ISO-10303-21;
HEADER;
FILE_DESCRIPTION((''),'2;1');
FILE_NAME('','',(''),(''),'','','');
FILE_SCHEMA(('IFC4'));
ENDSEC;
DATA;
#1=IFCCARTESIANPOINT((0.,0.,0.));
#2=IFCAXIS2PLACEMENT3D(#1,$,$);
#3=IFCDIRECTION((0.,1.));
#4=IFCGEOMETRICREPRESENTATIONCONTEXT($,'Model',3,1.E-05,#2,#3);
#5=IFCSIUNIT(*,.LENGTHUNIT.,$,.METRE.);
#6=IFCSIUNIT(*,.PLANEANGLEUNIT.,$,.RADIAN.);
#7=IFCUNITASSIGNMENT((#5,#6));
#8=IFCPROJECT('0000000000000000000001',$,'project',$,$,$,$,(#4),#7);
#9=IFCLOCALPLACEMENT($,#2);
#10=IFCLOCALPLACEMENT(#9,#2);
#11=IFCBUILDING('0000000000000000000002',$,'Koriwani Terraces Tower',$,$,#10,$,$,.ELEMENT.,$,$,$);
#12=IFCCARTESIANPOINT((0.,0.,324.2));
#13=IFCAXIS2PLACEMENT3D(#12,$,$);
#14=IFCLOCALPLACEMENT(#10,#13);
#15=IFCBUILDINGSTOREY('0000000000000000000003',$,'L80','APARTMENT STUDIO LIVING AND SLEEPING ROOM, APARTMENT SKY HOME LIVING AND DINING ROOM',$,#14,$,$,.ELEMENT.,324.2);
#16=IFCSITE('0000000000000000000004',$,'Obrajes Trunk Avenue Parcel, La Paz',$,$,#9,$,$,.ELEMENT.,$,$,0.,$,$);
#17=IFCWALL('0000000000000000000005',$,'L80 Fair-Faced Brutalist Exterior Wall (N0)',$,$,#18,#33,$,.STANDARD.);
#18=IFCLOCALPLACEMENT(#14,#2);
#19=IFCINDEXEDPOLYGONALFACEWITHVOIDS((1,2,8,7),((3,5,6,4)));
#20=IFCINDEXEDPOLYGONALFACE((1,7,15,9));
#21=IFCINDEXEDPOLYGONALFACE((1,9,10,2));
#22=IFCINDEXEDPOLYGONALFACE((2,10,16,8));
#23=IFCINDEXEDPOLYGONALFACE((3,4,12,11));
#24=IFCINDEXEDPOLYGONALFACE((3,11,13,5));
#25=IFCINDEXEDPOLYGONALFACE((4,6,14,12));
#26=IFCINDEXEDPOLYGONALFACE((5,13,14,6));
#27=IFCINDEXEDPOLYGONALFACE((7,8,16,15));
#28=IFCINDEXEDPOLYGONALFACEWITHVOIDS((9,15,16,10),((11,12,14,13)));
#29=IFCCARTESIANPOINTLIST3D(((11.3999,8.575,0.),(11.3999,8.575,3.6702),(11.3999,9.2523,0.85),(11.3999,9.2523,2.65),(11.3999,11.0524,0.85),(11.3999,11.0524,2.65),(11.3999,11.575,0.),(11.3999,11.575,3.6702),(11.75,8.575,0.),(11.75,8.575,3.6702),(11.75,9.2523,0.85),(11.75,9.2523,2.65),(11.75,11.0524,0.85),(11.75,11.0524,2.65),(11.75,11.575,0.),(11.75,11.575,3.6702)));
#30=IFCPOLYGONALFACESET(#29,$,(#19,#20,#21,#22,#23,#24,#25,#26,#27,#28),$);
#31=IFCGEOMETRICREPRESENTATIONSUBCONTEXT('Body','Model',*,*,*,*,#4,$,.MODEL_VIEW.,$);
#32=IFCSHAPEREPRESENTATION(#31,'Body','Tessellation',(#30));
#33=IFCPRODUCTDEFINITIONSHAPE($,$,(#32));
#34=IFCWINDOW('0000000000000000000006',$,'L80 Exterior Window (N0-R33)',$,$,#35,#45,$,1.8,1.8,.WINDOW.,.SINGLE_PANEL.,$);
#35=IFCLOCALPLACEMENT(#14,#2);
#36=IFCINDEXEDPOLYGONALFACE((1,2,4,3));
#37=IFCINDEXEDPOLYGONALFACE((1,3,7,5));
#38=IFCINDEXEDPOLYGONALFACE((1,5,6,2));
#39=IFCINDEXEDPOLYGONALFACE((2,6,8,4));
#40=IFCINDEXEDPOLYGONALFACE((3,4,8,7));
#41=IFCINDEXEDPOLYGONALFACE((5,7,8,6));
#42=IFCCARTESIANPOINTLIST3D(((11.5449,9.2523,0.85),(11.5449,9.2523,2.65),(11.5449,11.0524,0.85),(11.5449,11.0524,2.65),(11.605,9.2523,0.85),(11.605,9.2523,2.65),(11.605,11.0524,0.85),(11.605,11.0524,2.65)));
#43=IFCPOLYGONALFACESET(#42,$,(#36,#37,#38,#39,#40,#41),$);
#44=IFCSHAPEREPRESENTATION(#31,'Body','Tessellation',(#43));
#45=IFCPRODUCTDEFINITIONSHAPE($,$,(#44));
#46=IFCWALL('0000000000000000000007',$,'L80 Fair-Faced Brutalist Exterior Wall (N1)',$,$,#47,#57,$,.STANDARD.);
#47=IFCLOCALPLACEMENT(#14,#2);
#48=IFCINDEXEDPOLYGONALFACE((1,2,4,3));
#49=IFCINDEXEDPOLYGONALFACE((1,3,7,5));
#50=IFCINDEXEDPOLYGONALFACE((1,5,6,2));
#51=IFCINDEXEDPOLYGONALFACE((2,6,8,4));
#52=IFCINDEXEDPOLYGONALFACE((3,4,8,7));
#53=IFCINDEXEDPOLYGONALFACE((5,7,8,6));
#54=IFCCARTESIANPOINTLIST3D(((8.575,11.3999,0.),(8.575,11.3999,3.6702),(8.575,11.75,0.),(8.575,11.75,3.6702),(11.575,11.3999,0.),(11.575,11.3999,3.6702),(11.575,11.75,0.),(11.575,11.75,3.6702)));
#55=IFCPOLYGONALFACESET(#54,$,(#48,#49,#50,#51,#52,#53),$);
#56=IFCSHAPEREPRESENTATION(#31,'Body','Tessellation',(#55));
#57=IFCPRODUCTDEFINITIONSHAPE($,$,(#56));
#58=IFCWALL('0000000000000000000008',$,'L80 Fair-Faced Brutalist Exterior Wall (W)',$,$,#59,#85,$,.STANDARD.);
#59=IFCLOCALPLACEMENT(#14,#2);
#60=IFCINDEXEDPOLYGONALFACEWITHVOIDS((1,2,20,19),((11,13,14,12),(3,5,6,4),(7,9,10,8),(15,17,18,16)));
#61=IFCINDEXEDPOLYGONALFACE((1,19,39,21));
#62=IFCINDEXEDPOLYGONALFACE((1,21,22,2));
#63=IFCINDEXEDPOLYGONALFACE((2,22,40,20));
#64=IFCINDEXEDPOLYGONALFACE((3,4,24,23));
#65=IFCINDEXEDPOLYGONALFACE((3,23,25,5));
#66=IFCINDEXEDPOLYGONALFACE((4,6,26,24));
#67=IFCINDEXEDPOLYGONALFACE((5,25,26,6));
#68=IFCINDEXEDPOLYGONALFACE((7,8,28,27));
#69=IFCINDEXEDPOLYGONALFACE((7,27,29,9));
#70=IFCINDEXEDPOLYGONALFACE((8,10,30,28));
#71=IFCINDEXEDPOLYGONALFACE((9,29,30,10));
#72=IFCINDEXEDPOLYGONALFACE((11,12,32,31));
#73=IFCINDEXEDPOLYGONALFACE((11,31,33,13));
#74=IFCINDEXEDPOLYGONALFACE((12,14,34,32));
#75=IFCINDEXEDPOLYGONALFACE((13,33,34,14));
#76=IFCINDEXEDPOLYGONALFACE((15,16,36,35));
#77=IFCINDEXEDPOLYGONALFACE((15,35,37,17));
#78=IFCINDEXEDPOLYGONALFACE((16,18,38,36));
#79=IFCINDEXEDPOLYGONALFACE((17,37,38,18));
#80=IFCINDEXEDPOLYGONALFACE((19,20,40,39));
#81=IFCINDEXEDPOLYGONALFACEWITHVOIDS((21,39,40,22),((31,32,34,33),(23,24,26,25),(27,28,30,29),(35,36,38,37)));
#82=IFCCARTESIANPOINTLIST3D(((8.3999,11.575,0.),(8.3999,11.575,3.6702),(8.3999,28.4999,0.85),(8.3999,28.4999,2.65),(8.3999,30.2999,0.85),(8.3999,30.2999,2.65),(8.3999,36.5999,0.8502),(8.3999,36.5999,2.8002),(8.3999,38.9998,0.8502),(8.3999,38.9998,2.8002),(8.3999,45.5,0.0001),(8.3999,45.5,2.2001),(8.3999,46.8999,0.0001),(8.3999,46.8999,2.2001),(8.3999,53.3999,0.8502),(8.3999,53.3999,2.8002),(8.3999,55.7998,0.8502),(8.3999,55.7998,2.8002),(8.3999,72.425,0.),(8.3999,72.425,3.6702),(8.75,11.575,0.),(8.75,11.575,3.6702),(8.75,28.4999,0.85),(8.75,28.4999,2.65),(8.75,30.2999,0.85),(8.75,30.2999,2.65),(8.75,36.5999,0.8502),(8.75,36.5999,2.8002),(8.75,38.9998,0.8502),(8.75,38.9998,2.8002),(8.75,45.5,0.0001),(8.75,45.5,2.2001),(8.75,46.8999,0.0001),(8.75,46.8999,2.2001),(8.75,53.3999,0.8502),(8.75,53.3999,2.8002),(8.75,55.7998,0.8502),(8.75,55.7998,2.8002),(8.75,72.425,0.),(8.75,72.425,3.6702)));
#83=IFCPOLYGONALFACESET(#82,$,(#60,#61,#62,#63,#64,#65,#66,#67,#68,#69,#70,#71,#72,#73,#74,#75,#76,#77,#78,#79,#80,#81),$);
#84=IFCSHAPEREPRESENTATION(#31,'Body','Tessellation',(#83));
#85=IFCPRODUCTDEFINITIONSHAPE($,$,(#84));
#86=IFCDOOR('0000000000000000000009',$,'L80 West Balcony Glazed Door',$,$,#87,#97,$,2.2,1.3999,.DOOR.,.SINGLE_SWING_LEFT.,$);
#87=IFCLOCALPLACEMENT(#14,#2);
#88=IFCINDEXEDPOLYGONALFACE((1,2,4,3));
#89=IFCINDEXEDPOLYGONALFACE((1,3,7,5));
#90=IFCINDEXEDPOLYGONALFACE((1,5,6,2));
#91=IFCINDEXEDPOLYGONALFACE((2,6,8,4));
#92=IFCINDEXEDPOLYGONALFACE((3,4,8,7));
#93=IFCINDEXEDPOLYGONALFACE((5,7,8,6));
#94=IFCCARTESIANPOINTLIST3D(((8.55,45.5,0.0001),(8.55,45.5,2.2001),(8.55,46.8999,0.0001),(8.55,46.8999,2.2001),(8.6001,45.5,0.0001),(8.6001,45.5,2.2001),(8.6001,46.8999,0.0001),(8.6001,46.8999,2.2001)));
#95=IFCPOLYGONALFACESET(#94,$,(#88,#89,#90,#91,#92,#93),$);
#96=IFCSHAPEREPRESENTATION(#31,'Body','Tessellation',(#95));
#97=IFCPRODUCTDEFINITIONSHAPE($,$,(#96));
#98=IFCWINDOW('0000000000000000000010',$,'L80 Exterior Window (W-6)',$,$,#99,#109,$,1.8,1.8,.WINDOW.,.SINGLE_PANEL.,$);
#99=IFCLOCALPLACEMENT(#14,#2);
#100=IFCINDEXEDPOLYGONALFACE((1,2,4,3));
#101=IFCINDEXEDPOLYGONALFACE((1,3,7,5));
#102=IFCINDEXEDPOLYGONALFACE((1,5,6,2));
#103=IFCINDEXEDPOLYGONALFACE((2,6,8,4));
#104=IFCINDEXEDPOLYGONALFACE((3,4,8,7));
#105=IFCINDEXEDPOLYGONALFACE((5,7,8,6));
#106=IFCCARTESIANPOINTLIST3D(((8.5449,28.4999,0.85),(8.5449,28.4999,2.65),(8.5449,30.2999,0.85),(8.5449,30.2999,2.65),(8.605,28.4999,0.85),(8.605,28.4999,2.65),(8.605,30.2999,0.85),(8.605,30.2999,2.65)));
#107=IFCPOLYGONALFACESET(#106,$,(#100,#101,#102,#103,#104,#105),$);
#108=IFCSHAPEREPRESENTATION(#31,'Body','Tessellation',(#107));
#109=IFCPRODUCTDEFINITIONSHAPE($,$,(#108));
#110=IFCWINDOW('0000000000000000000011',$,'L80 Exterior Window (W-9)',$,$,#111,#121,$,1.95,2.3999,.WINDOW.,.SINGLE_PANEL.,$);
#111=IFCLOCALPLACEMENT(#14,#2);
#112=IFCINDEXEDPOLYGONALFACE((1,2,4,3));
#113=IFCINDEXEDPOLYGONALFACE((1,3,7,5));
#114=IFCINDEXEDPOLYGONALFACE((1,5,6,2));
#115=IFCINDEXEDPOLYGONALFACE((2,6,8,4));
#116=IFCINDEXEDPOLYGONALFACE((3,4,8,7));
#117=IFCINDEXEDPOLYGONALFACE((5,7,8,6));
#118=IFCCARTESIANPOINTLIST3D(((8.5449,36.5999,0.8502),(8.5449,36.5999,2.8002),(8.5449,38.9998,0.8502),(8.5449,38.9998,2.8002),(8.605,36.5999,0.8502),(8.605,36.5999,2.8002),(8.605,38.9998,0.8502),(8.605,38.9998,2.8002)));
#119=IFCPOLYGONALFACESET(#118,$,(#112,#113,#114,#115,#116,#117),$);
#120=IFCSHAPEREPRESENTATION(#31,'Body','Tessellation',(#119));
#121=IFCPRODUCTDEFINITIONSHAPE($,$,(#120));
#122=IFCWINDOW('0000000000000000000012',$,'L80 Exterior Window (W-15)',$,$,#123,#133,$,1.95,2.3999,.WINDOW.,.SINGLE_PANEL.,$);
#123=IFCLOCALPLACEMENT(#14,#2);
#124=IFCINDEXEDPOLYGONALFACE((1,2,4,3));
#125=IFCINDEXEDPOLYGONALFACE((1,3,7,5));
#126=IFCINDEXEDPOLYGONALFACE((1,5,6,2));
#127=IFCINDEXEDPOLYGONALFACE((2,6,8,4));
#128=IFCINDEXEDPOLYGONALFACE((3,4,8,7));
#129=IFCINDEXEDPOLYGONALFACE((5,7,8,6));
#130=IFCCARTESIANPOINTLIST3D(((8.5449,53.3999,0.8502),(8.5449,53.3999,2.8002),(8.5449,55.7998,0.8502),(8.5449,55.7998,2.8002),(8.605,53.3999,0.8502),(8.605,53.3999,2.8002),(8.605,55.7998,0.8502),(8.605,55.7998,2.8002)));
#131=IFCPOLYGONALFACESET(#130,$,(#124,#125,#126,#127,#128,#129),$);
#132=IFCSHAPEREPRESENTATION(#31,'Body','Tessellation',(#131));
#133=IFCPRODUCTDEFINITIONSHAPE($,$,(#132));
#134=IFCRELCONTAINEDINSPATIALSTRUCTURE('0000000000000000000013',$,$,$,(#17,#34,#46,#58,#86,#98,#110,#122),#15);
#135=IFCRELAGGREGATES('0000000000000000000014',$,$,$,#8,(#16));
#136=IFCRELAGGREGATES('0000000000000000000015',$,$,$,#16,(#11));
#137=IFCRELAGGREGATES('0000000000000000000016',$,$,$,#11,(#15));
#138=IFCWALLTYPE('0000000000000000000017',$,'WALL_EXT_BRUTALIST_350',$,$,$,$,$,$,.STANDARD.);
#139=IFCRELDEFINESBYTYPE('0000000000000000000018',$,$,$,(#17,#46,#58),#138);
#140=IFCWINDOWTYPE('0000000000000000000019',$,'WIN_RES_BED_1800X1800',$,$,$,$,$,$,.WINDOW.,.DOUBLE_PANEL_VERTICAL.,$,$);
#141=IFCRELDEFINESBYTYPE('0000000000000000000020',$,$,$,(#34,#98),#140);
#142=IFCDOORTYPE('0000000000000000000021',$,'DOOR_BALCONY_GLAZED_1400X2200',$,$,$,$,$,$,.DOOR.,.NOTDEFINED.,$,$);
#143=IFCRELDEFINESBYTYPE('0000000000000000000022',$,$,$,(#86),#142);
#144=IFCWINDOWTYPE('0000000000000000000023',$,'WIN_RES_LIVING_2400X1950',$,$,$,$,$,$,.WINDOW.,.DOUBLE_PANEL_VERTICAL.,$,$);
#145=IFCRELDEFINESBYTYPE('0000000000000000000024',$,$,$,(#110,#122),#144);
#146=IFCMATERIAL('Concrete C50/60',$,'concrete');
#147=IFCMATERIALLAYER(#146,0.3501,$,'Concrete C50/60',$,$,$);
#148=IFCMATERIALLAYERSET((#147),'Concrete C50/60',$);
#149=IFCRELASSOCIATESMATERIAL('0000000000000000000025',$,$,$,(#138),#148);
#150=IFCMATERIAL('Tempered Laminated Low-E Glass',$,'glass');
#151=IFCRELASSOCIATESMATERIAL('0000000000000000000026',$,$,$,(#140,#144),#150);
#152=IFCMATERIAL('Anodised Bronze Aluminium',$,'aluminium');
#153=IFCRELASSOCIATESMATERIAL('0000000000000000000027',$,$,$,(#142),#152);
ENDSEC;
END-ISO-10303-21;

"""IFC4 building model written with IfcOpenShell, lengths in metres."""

from ifc_helpers import new_model, si_unit, direction, frame, frame_2d, origin, place, context, subcontext, project, spatial, rectangle, extrude, material, layer, layer_set, type_object, element, fill, save


model = new_model("IFC4")

# Units and contexts
model_context = context("Model", 3, precision=1e-05, world=origin(), true_north=direction((0.0, 1.0)))
body_context = subcontext(model_context, "Body", "Model", "MODEL_VIEW")
ifc_project = project(units=[si_unit("LENGTHUNIT", "METRE"), si_unit("PLANEANGLEUNIT", "RADIAN")], contexts=[model_context])

# Site, building, storey
site_placement = place(None, origin())
site = spatial("IfcSite", under=ifc_project, at=site_placement, Name="Obrajes Trunk Avenue Parcel, La Paz", CompositionType="ELEMENT", RefElevation=0.0)
building_placement = place(site_placement, origin())
building = spatial("IfcBuilding", under=site, at=building_placement, Name="Koriwani Terraces Tower", CompositionType="ELEMENT")
storey_placement = place(building_placement, frame((0.0, 0.0, 324.2)))
storey = spatial("IfcBuildingStorey", under=building, at=storey_placement, Name="L80", Description="APARTMENT STUDIO LIVING AND SLEEPING ROOM, APARTMENT SKY HOME LIVING AND DINING ROOM", CompositionType="ELEMENT", Elevation=324.2)

# Shared definitions
ifc_material_1 = material(Name="Concrete C50/60", Category="concrete")

# Wall, opening, window
ifc_layer_1 = layer(ifc_material_1, 0.3501, Name="Concrete C50/60")
ifc_layer_set_1 = layer_set([ifc_layer_1], Name="Concrete C50/60")
wall_type_1 = type_object("IfcWallType", Name="WALL_EXT_BRUTALIST_350", PredefinedType="STANDARD", material=ifc_layer_set_1)
wall_1_placement = place(storey_placement, frame((11.575, 8.575, 0.0), z_axis=(0.0, 0.0, 1.0), x_axis=(0.0, 1.0, 0.0)))
wall_1 = element("IfcWall", 1, at=wall_1_placement, inside=storey, type_object=wall_type_1, Name="L80 Fair-Faced Brutalist Exterior Wall (N0)", PredefinedType="STANDARD", context=body_context, shape_type="SweptSolid", body=[
    extrude(rectangle(XDim=3.0, YDim=0.3501, at=frame_2d((1.5, 0.0))), origin(), (0.0, 0.0, 1.0), 3.6702),
])
opening_1_placement = place(wall_1_placement, frame((0.6775, 0.0, 0.8501)))
opening_1 = element("IfcOpeningElement", 2, at=opening_1_placement, cuts=wall_1, PredefinedType="OPENING", context=body_context, shape_type="SweptSolid", body=[
    extrude(rectangle(XDim=1.8, YDim=1.8, at=frame_2d((0.8999, 0.8999))), frame((0.0, 0.1851, 0.0), z_axis=(0.0, -1.0, 0.0), x_axis=(1.0, 0.0, 0.0)), (0.0, 0.0, 1.0), 0.3701),
])
ifc_material_2 = material(Name="Tempered Laminated Low-E Glass", Category="glass")
window_type_1 = type_object("IfcWindowType", Name="WIN_RES_BED_1800X1800", PartitioningType="DOUBLE_PANEL_VERTICAL", PredefinedType="WINDOW", material=ifc_material_2)
window_1_placement = place(opening_1_placement, origin())
window_1 = element("IfcWindow", 3, at=window_1_placement, inside=storey, type_object=window_type_1, Name="L80 Exterior Window (N0-R33)", OverallHeight=1.8, OverallWidth=1.8, PartitioningType="SINGLE_PANEL", PredefinedType="WINDOW", context=body_context, shape_type="SweptSolid", body=[
    extrude(rectangle(XDim=1.8, YDim=1.8, at=frame_2d((0.8999, 0.8999))), frame((0.0, 0.03, 0.0), z_axis=(0.0, -1.0, 0.0), x_axis=(1.0, 0.0, 0.0)), (0.0, 0.0, 1.0), 0.0601),
])
fill(opening_1, window_1)

# Wall
wall_2_placement = place(storey_placement, frame((11.575, 11.575, 0.0), z_axis=(0.0, 0.0, 1.0), x_axis=(-1.0, 0.0, 0.0)))
element("IfcWall", 4, at=wall_2_placement, inside=storey, type_object=wall_type_1, Name="L80 Fair-Faced Brutalist Exterior Wall (N1)", PredefinedType="STANDARD", context=body_context, shape_type="SweptSolid", body=[
    extrude(rectangle(XDim=3.0, YDim=0.3501, at=frame_2d((1.5, 0.0))), origin(), (0.0, 0.0, 1.0), 3.6702),
])

# Wall, openings, door, windows
wall_3_placement = place(storey_placement, frame((8.575, 11.575, 0.0), z_axis=(0.0, 0.0, 1.0), x_axis=(0.0, 1.0, 0.0)))
wall_3 = element("IfcWall", 5, at=wall_3_placement, inside=storey, type_object=wall_type_1, Name="L80 Fair-Faced Brutalist Exterior Wall (W)", PredefinedType="STANDARD", context=body_context, shape_type="SweptSolid", body=[
    extrude(rectangle(XDim=60.8501, YDim=0.3501, at=frame_2d((30.425, 0.0))), origin(), (0.0, 0.0, 1.0), 3.6702),
])
opening_2_placement = place(wall_3_placement, frame((33.925, 0.0, 0.0)))
opening_2 = element("IfcOpeningElement", 6, at=opening_2_placement, cuts=wall_3, PredefinedType="OPENING", context=body_context, shape_type="SweptSolid", body=[
    extrude(rectangle(XDim=1.3999, YDim=2.2, at=frame_2d((0.7, 1.1001))), frame((0.0, 0.1851, 0.0), z_axis=(0.0, -1.0, 0.0), x_axis=(1.0, 0.0, 0.0)), (0.0, 0.0, 1.0), 0.3701),
])
opening_3_placement = place(wall_3_placement, frame((16.925, 0.0, 0.8501)))
opening_3 = element("IfcOpeningElement", 7, at=opening_3_placement, cuts=wall_3, PredefinedType="OPENING", context=body_context, shape_type="SweptSolid", body=[
    extrude(rectangle(XDim=1.8, YDim=1.8, at=frame_2d((0.8999, 0.8999))), frame((0.0, 0.1851, 0.0), z_axis=(0.0, -1.0, 0.0), x_axis=(1.0, 0.0, 0.0)), (0.0, 0.0, 1.0), 0.3701),
])
opening_4_placement = place(wall_3_placement, frame((25.0249, 0.0, 0.8501)))
opening_4 = element("IfcOpeningElement", 8, at=opening_4_placement, cuts=wall_3, PredefinedType="OPENING", context=body_context, shape_type="SweptSolid", body=[
    extrude(rectangle(XDim=2.3999, YDim=1.95, at=frame_2d((1.2, 0.9751))), frame((0.0, 0.1851, 0.0), z_axis=(0.0, -1.0, 0.0), x_axis=(1.0, 0.0, 0.0)), (0.0, 0.0, 1.0), 0.3701),
])
opening_5_placement = place(wall_3_placement, frame((41.825, 0.0, 0.8501)))
opening_5 = element("IfcOpeningElement", 9, at=opening_5_placement, cuts=wall_3, PredefinedType="OPENING", context=body_context, shape_type="SweptSolid", body=[
    extrude(rectangle(XDim=2.3999, YDim=1.95, at=frame_2d((1.2, 0.9751))), frame((0.0, 0.1851, 0.0), z_axis=(0.0, -1.0, 0.0), x_axis=(1.0, 0.0, 0.0)), (0.0, 0.0, 1.0), 0.3701),
])
ifc_material_3 = material(Name="Anodised Bronze Aluminium", Category="aluminium")
door_type_1 = type_object("IfcDoorType", Name="DOOR_BALCONY_GLAZED_1400X2200", OperationType="NOTDEFINED", PredefinedType="DOOR", material=ifc_material_3)
door_1_placement = place(opening_2_placement, origin())
door_1 = element("IfcDoor", 10, at=door_1_placement, inside=storey, type_object=door_type_1, Name="L80 West Balcony Glazed Door", OperationType="SINGLE_SWING_LEFT", OverallHeight=2.2, OverallWidth=1.3999, PredefinedType="DOOR", context=body_context, shape_type="SweptSolid", body=[
    extrude(rectangle(XDim=1.3999, YDim=2.2, at=frame_2d((0.7, 1.1001))), frame((0.0, 0.0249, 0.0), z_axis=(0.0, -1.0, 0.0), x_axis=(1.0, 0.0, 0.0)), (0.0, 0.0, 1.0), 0.05),
])
fill(opening_2, door_1)
window_2_placement = place(opening_3_placement, origin())
window_2 = element("IfcWindow", 11, at=window_2_placement, inside=storey, type_object=window_type_1, Name="L80 Exterior Window (W-6)", OverallHeight=1.8, OverallWidth=1.8, PartitioningType="SINGLE_PANEL", PredefinedType="WINDOW", context=body_context, shape_type="SweptSolid", body=[
    extrude(rectangle(XDim=1.8, YDim=1.8, at=frame_2d((0.8999, 0.8999))), frame((0.0, 0.03, 0.0), z_axis=(0.0, -1.0, 0.0), x_axis=(1.0, 0.0, 0.0)), (0.0, 0.0, 1.0), 0.0601),
])
fill(opening_3, window_2)
window_type_2 = type_object("IfcWindowType", Name="WIN_RES_LIVING_2400X1950", PartitioningType="DOUBLE_PANEL_VERTICAL", PredefinedType="WINDOW", material=ifc_material_2)
window_3_placement = place(opening_4_placement, origin())
window_3 = element("IfcWindow", 12, at=window_3_placement, inside=storey, type_object=window_type_2, Name="L80 Exterior Window (W-9)", OverallHeight=1.95, OverallWidth=2.3999, PartitioningType="SINGLE_PANEL", PredefinedType="WINDOW", context=body_context, shape_type="SweptSolid", body=[
    extrude(rectangle(XDim=2.3999, YDim=1.95, at=frame_2d((1.2, 0.9751))), frame((0.0, 0.03, 0.0), z_axis=(0.0, -1.0, 0.0), x_axis=(1.0, 0.0, 0.0)), (0.0, 0.0, 1.0), 0.0601),
])
fill(opening_4, window_3)
window_4_placement = place(opening_5_placement, origin())
window_4 = element("IfcWindow", 13, at=window_4_placement, inside=storey, type_object=window_type_2, Name="L80 Exterior Window (W-15)", OverallHeight=1.95, OverallWidth=2.3999, PartitioningType="SINGLE_PANEL", PredefinedType="WINDOW", context=body_context, shape_type="SweptSolid", body=[
    extrude(rectangle(XDim=2.3999, YDim=1.95, at=frame_2d((1.2, 0.9751))), frame((0.0, 0.03, 0.0), z_axis=(0.0, -1.0, 0.0), x_axis=(1.0, 0.0, 0.0)), (0.0, 0.0, 1.0), 0.0601),
])
fill(opening_5, window_4)

save(model, "model.ifc")
